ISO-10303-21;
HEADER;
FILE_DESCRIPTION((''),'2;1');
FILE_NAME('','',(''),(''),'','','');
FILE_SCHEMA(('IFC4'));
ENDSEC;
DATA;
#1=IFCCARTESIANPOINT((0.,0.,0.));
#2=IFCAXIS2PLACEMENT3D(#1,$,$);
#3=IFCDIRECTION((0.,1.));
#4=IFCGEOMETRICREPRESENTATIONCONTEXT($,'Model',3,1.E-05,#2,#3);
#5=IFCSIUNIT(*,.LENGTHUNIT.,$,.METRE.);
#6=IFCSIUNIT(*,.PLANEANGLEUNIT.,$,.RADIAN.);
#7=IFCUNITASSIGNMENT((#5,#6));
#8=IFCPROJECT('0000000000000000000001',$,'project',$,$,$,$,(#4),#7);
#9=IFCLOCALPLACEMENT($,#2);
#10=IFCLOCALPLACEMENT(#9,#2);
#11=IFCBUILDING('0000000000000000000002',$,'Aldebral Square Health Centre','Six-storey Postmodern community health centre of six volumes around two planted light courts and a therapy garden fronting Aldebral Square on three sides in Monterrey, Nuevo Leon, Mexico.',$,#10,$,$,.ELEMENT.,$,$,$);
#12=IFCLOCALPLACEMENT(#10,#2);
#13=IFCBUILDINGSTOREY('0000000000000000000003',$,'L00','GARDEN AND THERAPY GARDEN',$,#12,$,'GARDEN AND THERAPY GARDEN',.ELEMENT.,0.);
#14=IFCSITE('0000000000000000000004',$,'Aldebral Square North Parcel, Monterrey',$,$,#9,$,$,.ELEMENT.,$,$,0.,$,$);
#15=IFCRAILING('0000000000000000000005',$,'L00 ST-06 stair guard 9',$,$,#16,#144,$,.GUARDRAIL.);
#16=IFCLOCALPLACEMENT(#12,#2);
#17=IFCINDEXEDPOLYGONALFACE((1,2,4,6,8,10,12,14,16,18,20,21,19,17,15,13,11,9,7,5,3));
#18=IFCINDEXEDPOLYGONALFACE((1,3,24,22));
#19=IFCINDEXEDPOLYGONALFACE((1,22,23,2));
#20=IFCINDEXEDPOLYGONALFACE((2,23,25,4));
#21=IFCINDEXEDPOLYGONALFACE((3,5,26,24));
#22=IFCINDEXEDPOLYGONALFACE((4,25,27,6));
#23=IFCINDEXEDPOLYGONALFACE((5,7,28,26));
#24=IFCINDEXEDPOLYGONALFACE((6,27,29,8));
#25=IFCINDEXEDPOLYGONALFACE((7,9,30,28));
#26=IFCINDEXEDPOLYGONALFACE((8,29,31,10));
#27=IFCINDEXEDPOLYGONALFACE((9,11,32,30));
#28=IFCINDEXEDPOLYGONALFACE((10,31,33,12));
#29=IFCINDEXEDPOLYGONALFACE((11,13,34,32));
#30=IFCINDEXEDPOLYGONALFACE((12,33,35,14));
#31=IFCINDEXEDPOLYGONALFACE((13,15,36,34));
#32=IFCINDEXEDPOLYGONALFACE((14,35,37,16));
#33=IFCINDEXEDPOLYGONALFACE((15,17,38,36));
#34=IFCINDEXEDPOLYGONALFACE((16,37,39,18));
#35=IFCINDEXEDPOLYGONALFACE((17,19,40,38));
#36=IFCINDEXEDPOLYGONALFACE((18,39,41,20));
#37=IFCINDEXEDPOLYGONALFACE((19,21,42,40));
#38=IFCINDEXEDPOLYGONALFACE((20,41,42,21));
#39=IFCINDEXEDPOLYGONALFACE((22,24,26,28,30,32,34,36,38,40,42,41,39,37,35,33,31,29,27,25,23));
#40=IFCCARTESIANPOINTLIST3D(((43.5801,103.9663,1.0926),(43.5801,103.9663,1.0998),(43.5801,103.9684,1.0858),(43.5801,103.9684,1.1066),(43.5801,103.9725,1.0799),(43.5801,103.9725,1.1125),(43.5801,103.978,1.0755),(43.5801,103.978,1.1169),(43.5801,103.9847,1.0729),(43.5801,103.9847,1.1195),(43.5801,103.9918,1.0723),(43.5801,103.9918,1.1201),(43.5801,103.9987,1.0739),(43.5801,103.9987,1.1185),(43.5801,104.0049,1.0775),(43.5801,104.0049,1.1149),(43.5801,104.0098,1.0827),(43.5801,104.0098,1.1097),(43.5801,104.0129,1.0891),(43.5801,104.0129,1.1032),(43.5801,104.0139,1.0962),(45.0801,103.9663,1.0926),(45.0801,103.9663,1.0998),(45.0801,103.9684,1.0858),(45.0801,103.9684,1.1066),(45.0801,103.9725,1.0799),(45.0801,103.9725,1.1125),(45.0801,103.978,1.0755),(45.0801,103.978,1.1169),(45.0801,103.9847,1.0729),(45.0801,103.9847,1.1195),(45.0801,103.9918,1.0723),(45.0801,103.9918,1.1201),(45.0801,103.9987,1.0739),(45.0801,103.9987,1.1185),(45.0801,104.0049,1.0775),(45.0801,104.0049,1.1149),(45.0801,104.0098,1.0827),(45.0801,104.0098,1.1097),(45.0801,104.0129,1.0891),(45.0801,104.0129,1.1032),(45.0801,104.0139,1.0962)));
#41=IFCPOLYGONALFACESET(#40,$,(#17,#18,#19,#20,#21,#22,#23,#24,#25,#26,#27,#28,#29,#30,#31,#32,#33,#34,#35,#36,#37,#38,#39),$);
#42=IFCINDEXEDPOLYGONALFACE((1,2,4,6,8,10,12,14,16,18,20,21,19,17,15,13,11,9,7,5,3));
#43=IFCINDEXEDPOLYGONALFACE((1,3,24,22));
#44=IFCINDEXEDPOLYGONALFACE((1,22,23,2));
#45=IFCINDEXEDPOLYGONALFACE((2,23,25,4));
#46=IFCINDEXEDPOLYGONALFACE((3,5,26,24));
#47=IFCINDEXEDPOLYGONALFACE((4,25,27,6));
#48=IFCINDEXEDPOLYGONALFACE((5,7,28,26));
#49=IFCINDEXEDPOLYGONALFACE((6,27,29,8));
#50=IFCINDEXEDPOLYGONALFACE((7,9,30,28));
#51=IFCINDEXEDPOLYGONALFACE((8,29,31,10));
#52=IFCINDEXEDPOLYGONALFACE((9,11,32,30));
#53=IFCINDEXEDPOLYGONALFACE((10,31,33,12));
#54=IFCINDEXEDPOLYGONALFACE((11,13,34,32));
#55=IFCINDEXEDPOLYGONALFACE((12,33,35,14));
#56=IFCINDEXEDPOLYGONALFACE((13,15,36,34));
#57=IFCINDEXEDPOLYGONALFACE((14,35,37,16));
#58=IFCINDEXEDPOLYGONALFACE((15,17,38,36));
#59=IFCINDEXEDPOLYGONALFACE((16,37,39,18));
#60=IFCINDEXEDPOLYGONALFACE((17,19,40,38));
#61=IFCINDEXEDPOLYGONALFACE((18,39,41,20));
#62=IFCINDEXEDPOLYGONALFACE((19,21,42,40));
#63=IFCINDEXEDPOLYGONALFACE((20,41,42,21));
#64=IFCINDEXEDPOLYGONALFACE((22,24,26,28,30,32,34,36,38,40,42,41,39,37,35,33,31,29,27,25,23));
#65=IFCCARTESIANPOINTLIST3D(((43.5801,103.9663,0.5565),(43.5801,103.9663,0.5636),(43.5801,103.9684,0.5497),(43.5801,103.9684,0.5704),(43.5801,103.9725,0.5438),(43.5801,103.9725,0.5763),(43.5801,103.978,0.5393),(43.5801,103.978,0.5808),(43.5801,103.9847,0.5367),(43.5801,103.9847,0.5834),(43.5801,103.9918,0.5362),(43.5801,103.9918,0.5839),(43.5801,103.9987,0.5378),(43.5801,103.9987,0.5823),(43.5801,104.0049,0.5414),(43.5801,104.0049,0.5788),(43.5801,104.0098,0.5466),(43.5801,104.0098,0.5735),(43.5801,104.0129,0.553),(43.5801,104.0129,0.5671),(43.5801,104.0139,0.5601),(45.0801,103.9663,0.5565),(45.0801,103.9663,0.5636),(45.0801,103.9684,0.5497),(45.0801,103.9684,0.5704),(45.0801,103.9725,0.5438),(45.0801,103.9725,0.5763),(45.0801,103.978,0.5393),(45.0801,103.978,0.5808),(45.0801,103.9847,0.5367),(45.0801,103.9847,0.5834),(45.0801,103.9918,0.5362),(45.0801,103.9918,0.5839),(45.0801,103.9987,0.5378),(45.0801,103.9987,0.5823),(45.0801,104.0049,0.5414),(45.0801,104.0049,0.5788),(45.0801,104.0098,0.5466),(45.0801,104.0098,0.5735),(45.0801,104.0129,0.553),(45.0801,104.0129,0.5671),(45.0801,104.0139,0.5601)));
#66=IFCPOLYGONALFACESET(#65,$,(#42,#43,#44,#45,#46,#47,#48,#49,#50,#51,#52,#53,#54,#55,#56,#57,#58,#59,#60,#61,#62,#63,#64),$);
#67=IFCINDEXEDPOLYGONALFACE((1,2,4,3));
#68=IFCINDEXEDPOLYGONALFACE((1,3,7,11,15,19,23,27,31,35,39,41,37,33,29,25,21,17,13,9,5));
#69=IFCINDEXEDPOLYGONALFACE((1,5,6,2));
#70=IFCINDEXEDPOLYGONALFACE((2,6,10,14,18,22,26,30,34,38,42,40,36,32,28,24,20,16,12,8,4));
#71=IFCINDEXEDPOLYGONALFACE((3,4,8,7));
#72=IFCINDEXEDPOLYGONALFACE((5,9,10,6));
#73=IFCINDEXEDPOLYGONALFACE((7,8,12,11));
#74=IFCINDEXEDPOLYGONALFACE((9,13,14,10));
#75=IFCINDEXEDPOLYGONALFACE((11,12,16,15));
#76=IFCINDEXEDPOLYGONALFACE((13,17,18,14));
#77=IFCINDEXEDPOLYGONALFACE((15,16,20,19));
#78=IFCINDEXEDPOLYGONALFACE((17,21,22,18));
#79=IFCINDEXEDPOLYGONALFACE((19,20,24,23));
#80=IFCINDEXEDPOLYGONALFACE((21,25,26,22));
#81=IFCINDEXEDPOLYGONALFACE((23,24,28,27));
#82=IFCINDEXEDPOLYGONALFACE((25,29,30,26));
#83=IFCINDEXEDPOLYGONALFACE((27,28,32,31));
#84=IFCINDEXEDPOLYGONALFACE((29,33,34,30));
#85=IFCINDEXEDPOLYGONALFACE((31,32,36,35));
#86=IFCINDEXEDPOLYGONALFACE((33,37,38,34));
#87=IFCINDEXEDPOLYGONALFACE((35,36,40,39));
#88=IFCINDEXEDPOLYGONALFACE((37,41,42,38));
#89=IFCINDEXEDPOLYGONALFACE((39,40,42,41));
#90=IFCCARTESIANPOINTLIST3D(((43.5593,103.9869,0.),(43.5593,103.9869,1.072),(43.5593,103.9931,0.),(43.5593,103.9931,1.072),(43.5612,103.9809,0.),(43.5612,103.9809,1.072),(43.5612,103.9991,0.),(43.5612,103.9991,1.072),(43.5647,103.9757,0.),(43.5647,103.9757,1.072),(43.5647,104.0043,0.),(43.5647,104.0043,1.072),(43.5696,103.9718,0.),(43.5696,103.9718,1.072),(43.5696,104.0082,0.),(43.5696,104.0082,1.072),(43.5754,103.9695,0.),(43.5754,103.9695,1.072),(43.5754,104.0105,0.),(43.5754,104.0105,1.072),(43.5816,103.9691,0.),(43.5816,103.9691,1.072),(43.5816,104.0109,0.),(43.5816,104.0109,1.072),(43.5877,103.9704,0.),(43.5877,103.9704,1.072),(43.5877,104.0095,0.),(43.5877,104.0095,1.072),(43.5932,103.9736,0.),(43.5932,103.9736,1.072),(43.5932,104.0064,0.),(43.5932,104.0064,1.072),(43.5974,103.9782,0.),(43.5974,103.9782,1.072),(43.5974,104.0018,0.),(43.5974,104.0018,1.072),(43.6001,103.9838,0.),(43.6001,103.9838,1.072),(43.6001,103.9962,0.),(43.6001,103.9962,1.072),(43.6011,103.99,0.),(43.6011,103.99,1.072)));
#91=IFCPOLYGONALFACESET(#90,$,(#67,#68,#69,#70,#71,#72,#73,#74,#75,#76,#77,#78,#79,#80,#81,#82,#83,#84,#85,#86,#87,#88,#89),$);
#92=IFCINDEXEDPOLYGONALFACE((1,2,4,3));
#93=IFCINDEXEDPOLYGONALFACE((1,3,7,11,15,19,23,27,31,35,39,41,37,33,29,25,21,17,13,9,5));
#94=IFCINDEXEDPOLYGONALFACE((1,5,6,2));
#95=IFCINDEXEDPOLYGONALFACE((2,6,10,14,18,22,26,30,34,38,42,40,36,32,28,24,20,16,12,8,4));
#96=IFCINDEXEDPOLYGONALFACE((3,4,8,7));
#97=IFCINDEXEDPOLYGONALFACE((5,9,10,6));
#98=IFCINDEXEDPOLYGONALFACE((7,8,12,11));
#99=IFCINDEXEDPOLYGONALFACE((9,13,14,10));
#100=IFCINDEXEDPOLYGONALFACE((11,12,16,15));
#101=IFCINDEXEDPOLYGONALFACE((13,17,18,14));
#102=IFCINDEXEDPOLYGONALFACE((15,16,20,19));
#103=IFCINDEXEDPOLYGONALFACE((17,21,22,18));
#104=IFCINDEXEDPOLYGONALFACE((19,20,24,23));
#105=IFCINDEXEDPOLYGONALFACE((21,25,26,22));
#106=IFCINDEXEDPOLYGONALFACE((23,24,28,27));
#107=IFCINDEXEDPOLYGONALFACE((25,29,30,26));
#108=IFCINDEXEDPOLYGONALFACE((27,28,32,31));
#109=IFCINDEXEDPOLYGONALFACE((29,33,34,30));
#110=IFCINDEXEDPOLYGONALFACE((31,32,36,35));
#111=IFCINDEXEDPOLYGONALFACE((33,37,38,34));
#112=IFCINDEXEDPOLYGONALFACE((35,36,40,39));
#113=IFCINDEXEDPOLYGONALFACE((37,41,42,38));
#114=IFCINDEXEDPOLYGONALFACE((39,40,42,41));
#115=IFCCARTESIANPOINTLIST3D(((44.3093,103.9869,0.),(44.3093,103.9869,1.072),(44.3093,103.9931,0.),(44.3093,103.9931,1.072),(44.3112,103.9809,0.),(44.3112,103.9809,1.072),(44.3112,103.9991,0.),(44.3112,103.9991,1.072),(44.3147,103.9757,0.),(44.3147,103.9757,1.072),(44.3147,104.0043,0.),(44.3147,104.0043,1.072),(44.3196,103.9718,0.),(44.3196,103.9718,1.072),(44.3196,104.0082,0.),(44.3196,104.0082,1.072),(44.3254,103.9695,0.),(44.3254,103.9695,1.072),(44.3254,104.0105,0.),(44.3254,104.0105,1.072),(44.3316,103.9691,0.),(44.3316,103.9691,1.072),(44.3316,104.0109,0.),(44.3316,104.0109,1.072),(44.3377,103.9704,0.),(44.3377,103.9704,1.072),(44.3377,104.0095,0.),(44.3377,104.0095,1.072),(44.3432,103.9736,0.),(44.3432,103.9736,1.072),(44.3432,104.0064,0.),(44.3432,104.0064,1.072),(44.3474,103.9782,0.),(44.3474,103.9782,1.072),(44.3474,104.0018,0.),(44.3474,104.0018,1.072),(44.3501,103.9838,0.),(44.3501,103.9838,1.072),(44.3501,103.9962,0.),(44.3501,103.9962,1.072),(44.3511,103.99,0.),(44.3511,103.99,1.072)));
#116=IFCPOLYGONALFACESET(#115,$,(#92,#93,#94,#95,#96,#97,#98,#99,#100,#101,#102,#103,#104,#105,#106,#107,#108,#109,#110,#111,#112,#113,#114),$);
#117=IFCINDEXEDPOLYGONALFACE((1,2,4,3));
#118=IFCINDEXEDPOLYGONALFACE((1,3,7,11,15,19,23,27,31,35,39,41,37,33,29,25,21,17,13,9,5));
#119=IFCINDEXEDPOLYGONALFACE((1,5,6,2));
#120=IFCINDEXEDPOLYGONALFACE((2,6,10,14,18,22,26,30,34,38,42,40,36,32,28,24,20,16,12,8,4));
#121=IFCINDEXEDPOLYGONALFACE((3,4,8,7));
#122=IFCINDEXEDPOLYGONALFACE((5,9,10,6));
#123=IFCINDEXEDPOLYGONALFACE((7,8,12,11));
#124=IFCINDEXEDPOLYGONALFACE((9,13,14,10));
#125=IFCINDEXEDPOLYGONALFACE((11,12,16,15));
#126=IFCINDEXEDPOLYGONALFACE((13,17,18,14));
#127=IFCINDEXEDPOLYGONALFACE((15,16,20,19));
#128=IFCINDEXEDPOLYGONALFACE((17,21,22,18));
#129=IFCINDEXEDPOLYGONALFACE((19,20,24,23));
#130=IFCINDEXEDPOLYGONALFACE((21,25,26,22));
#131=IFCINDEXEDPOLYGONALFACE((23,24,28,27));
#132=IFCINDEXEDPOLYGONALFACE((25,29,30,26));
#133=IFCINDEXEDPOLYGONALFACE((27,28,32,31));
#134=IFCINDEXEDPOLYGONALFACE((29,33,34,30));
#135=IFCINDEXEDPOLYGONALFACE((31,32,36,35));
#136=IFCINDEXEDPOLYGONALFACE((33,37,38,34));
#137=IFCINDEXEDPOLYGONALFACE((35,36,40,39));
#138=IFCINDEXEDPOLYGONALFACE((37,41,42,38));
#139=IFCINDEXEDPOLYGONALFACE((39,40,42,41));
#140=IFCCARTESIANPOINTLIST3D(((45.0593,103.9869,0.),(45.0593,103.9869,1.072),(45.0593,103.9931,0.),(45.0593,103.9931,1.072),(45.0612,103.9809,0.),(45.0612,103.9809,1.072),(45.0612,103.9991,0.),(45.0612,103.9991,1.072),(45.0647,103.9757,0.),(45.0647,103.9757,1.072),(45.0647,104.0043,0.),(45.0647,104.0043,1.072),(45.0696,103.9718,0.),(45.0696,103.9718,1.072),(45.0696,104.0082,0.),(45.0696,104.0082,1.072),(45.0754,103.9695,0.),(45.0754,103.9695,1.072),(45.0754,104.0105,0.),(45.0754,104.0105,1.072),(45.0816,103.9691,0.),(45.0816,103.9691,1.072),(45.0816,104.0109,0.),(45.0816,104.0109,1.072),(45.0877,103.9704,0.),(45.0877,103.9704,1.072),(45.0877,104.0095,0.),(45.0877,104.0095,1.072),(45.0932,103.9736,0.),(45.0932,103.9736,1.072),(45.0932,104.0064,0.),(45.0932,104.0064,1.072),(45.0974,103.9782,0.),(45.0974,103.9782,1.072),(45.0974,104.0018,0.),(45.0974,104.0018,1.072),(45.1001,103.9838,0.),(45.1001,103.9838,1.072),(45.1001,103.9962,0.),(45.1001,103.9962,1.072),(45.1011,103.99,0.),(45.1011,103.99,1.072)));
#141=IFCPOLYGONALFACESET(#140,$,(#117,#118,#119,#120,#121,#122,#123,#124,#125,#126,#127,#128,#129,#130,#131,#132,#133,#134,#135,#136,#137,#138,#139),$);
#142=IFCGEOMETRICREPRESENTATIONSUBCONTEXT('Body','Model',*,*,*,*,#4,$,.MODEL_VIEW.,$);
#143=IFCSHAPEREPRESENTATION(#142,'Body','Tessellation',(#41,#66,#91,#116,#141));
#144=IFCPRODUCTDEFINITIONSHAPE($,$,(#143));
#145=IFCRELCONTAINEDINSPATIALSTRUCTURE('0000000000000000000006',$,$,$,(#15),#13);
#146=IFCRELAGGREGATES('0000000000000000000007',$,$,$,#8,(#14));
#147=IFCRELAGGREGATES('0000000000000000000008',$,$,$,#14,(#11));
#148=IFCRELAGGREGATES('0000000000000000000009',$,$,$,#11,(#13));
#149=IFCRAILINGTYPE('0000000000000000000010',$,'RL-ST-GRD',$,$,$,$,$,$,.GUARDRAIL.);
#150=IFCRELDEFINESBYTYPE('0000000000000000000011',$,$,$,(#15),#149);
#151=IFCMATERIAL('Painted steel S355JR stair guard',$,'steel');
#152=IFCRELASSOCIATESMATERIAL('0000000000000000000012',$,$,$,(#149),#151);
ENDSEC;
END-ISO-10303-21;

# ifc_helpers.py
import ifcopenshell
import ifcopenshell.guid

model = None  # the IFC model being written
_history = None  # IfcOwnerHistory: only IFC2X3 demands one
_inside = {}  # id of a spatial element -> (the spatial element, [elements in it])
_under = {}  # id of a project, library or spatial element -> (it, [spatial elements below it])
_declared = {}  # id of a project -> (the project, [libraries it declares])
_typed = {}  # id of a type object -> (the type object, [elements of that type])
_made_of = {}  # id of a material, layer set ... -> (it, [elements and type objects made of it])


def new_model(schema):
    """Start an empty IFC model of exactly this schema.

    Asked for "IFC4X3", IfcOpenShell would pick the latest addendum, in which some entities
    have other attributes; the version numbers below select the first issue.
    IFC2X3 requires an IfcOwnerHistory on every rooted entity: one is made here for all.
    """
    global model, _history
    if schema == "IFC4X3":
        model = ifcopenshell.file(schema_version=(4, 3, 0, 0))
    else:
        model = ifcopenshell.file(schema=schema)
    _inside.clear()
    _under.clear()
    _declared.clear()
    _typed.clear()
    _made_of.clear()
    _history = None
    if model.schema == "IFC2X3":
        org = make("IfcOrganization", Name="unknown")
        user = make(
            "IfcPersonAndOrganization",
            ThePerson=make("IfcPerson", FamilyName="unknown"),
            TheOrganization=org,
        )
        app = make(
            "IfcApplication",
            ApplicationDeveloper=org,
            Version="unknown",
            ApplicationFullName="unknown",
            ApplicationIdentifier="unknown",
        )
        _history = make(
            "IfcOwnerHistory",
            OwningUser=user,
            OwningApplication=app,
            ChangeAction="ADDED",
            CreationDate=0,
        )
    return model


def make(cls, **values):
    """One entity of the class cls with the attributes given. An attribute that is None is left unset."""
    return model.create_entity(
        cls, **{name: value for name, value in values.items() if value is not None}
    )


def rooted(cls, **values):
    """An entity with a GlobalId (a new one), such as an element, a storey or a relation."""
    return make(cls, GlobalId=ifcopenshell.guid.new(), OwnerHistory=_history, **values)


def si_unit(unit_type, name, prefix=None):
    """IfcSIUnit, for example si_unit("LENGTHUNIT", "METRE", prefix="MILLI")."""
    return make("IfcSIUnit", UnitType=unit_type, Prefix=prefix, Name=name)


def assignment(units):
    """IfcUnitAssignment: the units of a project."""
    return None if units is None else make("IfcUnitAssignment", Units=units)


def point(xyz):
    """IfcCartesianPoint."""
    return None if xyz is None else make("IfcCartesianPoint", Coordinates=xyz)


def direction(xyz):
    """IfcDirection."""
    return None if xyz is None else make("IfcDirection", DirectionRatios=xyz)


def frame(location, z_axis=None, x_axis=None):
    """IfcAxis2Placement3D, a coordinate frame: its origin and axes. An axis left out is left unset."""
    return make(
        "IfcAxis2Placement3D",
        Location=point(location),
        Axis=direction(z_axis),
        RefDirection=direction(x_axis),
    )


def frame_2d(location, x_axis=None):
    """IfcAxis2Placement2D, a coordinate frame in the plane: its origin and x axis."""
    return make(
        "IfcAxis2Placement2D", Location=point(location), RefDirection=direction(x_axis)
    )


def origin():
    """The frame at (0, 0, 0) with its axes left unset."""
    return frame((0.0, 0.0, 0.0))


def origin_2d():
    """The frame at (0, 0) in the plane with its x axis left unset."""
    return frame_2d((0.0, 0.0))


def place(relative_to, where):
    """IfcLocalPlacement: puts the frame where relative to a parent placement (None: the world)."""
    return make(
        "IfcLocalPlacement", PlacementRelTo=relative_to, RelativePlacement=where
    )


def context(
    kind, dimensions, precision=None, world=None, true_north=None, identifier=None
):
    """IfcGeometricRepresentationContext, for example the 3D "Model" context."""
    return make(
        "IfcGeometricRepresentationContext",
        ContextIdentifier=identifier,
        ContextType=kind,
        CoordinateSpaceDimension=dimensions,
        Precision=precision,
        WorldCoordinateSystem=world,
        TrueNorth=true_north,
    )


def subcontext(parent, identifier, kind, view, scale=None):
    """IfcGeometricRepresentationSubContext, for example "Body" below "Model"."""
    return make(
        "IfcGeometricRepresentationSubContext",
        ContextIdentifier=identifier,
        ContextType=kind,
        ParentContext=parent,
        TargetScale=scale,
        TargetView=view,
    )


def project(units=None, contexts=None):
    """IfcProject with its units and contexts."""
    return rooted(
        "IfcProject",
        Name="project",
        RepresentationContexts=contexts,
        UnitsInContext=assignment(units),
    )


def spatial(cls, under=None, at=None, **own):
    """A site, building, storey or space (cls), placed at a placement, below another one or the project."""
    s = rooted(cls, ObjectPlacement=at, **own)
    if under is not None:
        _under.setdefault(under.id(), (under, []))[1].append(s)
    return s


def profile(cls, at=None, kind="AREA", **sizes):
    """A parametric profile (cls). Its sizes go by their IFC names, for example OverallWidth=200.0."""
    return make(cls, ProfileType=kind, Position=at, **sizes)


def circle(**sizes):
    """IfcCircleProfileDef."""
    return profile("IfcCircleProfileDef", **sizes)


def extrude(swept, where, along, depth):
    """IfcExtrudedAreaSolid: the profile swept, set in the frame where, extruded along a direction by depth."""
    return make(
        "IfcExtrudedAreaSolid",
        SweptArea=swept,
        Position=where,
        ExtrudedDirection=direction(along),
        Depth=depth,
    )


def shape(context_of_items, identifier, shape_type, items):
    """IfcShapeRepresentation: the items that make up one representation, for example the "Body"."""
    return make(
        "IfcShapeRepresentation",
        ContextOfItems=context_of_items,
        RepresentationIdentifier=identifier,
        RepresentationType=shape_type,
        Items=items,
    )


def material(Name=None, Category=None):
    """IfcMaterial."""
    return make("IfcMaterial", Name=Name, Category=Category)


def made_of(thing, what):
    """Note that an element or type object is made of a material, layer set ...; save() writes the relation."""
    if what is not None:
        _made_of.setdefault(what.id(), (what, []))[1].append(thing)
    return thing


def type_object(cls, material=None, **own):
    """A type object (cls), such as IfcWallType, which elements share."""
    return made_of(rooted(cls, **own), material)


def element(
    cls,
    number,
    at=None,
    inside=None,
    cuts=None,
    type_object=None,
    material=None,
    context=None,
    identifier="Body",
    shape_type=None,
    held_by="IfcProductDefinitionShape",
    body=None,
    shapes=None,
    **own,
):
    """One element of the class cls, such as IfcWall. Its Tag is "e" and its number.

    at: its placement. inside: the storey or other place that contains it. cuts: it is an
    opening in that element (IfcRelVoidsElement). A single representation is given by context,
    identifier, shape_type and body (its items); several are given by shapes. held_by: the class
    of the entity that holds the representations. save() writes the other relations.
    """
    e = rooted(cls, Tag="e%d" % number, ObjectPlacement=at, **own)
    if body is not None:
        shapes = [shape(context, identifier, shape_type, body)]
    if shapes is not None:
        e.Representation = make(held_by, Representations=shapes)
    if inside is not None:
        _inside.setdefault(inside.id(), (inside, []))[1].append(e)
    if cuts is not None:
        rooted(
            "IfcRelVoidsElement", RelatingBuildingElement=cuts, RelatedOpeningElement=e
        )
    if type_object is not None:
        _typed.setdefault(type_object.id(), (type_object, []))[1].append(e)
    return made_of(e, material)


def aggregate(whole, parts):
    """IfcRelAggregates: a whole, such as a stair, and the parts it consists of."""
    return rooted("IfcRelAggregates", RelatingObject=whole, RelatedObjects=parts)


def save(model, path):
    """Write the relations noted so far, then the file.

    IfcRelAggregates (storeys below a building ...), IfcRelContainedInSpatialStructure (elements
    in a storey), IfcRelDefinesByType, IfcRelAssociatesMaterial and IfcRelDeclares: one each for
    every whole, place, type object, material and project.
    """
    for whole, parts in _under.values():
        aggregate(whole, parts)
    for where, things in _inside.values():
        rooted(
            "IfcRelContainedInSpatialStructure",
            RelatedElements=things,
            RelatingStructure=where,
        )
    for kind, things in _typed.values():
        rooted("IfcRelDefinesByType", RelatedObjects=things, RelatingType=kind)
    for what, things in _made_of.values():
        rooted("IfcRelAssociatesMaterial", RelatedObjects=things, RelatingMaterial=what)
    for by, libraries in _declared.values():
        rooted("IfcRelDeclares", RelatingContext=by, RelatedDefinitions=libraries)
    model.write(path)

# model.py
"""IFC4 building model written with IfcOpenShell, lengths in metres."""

from ifc_helpers import new_model, si_unit, direction, frame, origin, origin_2d, place, context, subcontext, project, spatial, circle, extrude, material, type_object, element, save


model = new_model("IFC4")

# Units and contexts
model_context = context("Model", 3, precision=1e-05, world=origin(), true_north=direction((0.0, 1.0)))
body_context = subcontext(model_context, "Body", "Model", "MODEL_VIEW")
ifc_project = project(units=[si_unit("LENGTHUNIT", "METRE"), si_unit("PLANEANGLEUNIT", "RADIAN")], contexts=[model_context])

# Site, building, storey
site_placement = place(None, origin())
site = spatial("IfcSite", under=ifc_project, at=site_placement, Name="Aldebral Square North Parcel, Monterrey", CompositionType="ELEMENT", RefElevation=0.0)
building_placement = place(site_placement, origin())
building = spatial("IfcBuilding", under=site, at=building_placement, Name="Aldebral Square Health Centre", Description="Six-storey Postmodern community health centre of six volumes around two planted light courts and a therapy garden fronting Aldebral Square on three sides in Monterrey, Nuevo Leon, Mexico.", CompositionType="ELEMENT")
storey_placement = place(building_placement, origin())
storey = spatial("IfcBuildingStorey", under=building, at=storey_placement, Name="L00", Description="GARDEN AND THERAPY GARDEN", LongName="GARDEN AND THERAPY GARDEN", CompositionType="ELEMENT", Elevation=0.0)

# Railing
ifc_material_1 = material(Name="Painted steel S355JR stair guard", Category="steel")
railing_type_1 = type_object("IfcRailingType", Name="RL-ST-GRD", PredefinedType="GUARDRAIL", material=ifc_material_1)
for number, where, name in (
    (1, (43.5801, 103.99, 0.0), "L00 ST-06 stair guard 9"),
):
    element("IfcRailing", number, at=place(storey_placement, frame(where)), inside=storey, type_object=railing_type_1, Name=name, PredefinedType="GUARDRAIL", context=body_context, shape_type="SweptSolid", body=[
        extrude(circle(Radius=0.0239, at=origin_2d()), frame((0.0, 0.0, 1.0962), z_axis=(1.0, 0.0, 0.0), x_axis=(0.0, 1.0, 0.0)), (0.0, 0.0, 1.0), 1.5),
        extrude(circle(Radius=0.0239, at=origin_2d()), frame((0.0, 0.0, 0.5601), z_axis=(1.0, 0.0, 0.0), x_axis=(0.0, 1.0, 0.0)), (0.0, 0.0, 1.0), 1.5),
        extrude(circle(Radius=0.021, at=origin_2d()), origin(), (0.0, 0.0, 1.0), 1.072),
        extrude(circle(Radius=0.021, at=origin_2d()), frame((0.75, 0.0, 0.0)), (0.0, 0.0, 1.0), 1.072),
        extrude(circle(Radius=0.021, at=origin_2d()), frame((1.5, 0.0, 0.0)), (0.0, 0.0, 1.0), 1.072),
    ])

save(model, "model.ifc")
